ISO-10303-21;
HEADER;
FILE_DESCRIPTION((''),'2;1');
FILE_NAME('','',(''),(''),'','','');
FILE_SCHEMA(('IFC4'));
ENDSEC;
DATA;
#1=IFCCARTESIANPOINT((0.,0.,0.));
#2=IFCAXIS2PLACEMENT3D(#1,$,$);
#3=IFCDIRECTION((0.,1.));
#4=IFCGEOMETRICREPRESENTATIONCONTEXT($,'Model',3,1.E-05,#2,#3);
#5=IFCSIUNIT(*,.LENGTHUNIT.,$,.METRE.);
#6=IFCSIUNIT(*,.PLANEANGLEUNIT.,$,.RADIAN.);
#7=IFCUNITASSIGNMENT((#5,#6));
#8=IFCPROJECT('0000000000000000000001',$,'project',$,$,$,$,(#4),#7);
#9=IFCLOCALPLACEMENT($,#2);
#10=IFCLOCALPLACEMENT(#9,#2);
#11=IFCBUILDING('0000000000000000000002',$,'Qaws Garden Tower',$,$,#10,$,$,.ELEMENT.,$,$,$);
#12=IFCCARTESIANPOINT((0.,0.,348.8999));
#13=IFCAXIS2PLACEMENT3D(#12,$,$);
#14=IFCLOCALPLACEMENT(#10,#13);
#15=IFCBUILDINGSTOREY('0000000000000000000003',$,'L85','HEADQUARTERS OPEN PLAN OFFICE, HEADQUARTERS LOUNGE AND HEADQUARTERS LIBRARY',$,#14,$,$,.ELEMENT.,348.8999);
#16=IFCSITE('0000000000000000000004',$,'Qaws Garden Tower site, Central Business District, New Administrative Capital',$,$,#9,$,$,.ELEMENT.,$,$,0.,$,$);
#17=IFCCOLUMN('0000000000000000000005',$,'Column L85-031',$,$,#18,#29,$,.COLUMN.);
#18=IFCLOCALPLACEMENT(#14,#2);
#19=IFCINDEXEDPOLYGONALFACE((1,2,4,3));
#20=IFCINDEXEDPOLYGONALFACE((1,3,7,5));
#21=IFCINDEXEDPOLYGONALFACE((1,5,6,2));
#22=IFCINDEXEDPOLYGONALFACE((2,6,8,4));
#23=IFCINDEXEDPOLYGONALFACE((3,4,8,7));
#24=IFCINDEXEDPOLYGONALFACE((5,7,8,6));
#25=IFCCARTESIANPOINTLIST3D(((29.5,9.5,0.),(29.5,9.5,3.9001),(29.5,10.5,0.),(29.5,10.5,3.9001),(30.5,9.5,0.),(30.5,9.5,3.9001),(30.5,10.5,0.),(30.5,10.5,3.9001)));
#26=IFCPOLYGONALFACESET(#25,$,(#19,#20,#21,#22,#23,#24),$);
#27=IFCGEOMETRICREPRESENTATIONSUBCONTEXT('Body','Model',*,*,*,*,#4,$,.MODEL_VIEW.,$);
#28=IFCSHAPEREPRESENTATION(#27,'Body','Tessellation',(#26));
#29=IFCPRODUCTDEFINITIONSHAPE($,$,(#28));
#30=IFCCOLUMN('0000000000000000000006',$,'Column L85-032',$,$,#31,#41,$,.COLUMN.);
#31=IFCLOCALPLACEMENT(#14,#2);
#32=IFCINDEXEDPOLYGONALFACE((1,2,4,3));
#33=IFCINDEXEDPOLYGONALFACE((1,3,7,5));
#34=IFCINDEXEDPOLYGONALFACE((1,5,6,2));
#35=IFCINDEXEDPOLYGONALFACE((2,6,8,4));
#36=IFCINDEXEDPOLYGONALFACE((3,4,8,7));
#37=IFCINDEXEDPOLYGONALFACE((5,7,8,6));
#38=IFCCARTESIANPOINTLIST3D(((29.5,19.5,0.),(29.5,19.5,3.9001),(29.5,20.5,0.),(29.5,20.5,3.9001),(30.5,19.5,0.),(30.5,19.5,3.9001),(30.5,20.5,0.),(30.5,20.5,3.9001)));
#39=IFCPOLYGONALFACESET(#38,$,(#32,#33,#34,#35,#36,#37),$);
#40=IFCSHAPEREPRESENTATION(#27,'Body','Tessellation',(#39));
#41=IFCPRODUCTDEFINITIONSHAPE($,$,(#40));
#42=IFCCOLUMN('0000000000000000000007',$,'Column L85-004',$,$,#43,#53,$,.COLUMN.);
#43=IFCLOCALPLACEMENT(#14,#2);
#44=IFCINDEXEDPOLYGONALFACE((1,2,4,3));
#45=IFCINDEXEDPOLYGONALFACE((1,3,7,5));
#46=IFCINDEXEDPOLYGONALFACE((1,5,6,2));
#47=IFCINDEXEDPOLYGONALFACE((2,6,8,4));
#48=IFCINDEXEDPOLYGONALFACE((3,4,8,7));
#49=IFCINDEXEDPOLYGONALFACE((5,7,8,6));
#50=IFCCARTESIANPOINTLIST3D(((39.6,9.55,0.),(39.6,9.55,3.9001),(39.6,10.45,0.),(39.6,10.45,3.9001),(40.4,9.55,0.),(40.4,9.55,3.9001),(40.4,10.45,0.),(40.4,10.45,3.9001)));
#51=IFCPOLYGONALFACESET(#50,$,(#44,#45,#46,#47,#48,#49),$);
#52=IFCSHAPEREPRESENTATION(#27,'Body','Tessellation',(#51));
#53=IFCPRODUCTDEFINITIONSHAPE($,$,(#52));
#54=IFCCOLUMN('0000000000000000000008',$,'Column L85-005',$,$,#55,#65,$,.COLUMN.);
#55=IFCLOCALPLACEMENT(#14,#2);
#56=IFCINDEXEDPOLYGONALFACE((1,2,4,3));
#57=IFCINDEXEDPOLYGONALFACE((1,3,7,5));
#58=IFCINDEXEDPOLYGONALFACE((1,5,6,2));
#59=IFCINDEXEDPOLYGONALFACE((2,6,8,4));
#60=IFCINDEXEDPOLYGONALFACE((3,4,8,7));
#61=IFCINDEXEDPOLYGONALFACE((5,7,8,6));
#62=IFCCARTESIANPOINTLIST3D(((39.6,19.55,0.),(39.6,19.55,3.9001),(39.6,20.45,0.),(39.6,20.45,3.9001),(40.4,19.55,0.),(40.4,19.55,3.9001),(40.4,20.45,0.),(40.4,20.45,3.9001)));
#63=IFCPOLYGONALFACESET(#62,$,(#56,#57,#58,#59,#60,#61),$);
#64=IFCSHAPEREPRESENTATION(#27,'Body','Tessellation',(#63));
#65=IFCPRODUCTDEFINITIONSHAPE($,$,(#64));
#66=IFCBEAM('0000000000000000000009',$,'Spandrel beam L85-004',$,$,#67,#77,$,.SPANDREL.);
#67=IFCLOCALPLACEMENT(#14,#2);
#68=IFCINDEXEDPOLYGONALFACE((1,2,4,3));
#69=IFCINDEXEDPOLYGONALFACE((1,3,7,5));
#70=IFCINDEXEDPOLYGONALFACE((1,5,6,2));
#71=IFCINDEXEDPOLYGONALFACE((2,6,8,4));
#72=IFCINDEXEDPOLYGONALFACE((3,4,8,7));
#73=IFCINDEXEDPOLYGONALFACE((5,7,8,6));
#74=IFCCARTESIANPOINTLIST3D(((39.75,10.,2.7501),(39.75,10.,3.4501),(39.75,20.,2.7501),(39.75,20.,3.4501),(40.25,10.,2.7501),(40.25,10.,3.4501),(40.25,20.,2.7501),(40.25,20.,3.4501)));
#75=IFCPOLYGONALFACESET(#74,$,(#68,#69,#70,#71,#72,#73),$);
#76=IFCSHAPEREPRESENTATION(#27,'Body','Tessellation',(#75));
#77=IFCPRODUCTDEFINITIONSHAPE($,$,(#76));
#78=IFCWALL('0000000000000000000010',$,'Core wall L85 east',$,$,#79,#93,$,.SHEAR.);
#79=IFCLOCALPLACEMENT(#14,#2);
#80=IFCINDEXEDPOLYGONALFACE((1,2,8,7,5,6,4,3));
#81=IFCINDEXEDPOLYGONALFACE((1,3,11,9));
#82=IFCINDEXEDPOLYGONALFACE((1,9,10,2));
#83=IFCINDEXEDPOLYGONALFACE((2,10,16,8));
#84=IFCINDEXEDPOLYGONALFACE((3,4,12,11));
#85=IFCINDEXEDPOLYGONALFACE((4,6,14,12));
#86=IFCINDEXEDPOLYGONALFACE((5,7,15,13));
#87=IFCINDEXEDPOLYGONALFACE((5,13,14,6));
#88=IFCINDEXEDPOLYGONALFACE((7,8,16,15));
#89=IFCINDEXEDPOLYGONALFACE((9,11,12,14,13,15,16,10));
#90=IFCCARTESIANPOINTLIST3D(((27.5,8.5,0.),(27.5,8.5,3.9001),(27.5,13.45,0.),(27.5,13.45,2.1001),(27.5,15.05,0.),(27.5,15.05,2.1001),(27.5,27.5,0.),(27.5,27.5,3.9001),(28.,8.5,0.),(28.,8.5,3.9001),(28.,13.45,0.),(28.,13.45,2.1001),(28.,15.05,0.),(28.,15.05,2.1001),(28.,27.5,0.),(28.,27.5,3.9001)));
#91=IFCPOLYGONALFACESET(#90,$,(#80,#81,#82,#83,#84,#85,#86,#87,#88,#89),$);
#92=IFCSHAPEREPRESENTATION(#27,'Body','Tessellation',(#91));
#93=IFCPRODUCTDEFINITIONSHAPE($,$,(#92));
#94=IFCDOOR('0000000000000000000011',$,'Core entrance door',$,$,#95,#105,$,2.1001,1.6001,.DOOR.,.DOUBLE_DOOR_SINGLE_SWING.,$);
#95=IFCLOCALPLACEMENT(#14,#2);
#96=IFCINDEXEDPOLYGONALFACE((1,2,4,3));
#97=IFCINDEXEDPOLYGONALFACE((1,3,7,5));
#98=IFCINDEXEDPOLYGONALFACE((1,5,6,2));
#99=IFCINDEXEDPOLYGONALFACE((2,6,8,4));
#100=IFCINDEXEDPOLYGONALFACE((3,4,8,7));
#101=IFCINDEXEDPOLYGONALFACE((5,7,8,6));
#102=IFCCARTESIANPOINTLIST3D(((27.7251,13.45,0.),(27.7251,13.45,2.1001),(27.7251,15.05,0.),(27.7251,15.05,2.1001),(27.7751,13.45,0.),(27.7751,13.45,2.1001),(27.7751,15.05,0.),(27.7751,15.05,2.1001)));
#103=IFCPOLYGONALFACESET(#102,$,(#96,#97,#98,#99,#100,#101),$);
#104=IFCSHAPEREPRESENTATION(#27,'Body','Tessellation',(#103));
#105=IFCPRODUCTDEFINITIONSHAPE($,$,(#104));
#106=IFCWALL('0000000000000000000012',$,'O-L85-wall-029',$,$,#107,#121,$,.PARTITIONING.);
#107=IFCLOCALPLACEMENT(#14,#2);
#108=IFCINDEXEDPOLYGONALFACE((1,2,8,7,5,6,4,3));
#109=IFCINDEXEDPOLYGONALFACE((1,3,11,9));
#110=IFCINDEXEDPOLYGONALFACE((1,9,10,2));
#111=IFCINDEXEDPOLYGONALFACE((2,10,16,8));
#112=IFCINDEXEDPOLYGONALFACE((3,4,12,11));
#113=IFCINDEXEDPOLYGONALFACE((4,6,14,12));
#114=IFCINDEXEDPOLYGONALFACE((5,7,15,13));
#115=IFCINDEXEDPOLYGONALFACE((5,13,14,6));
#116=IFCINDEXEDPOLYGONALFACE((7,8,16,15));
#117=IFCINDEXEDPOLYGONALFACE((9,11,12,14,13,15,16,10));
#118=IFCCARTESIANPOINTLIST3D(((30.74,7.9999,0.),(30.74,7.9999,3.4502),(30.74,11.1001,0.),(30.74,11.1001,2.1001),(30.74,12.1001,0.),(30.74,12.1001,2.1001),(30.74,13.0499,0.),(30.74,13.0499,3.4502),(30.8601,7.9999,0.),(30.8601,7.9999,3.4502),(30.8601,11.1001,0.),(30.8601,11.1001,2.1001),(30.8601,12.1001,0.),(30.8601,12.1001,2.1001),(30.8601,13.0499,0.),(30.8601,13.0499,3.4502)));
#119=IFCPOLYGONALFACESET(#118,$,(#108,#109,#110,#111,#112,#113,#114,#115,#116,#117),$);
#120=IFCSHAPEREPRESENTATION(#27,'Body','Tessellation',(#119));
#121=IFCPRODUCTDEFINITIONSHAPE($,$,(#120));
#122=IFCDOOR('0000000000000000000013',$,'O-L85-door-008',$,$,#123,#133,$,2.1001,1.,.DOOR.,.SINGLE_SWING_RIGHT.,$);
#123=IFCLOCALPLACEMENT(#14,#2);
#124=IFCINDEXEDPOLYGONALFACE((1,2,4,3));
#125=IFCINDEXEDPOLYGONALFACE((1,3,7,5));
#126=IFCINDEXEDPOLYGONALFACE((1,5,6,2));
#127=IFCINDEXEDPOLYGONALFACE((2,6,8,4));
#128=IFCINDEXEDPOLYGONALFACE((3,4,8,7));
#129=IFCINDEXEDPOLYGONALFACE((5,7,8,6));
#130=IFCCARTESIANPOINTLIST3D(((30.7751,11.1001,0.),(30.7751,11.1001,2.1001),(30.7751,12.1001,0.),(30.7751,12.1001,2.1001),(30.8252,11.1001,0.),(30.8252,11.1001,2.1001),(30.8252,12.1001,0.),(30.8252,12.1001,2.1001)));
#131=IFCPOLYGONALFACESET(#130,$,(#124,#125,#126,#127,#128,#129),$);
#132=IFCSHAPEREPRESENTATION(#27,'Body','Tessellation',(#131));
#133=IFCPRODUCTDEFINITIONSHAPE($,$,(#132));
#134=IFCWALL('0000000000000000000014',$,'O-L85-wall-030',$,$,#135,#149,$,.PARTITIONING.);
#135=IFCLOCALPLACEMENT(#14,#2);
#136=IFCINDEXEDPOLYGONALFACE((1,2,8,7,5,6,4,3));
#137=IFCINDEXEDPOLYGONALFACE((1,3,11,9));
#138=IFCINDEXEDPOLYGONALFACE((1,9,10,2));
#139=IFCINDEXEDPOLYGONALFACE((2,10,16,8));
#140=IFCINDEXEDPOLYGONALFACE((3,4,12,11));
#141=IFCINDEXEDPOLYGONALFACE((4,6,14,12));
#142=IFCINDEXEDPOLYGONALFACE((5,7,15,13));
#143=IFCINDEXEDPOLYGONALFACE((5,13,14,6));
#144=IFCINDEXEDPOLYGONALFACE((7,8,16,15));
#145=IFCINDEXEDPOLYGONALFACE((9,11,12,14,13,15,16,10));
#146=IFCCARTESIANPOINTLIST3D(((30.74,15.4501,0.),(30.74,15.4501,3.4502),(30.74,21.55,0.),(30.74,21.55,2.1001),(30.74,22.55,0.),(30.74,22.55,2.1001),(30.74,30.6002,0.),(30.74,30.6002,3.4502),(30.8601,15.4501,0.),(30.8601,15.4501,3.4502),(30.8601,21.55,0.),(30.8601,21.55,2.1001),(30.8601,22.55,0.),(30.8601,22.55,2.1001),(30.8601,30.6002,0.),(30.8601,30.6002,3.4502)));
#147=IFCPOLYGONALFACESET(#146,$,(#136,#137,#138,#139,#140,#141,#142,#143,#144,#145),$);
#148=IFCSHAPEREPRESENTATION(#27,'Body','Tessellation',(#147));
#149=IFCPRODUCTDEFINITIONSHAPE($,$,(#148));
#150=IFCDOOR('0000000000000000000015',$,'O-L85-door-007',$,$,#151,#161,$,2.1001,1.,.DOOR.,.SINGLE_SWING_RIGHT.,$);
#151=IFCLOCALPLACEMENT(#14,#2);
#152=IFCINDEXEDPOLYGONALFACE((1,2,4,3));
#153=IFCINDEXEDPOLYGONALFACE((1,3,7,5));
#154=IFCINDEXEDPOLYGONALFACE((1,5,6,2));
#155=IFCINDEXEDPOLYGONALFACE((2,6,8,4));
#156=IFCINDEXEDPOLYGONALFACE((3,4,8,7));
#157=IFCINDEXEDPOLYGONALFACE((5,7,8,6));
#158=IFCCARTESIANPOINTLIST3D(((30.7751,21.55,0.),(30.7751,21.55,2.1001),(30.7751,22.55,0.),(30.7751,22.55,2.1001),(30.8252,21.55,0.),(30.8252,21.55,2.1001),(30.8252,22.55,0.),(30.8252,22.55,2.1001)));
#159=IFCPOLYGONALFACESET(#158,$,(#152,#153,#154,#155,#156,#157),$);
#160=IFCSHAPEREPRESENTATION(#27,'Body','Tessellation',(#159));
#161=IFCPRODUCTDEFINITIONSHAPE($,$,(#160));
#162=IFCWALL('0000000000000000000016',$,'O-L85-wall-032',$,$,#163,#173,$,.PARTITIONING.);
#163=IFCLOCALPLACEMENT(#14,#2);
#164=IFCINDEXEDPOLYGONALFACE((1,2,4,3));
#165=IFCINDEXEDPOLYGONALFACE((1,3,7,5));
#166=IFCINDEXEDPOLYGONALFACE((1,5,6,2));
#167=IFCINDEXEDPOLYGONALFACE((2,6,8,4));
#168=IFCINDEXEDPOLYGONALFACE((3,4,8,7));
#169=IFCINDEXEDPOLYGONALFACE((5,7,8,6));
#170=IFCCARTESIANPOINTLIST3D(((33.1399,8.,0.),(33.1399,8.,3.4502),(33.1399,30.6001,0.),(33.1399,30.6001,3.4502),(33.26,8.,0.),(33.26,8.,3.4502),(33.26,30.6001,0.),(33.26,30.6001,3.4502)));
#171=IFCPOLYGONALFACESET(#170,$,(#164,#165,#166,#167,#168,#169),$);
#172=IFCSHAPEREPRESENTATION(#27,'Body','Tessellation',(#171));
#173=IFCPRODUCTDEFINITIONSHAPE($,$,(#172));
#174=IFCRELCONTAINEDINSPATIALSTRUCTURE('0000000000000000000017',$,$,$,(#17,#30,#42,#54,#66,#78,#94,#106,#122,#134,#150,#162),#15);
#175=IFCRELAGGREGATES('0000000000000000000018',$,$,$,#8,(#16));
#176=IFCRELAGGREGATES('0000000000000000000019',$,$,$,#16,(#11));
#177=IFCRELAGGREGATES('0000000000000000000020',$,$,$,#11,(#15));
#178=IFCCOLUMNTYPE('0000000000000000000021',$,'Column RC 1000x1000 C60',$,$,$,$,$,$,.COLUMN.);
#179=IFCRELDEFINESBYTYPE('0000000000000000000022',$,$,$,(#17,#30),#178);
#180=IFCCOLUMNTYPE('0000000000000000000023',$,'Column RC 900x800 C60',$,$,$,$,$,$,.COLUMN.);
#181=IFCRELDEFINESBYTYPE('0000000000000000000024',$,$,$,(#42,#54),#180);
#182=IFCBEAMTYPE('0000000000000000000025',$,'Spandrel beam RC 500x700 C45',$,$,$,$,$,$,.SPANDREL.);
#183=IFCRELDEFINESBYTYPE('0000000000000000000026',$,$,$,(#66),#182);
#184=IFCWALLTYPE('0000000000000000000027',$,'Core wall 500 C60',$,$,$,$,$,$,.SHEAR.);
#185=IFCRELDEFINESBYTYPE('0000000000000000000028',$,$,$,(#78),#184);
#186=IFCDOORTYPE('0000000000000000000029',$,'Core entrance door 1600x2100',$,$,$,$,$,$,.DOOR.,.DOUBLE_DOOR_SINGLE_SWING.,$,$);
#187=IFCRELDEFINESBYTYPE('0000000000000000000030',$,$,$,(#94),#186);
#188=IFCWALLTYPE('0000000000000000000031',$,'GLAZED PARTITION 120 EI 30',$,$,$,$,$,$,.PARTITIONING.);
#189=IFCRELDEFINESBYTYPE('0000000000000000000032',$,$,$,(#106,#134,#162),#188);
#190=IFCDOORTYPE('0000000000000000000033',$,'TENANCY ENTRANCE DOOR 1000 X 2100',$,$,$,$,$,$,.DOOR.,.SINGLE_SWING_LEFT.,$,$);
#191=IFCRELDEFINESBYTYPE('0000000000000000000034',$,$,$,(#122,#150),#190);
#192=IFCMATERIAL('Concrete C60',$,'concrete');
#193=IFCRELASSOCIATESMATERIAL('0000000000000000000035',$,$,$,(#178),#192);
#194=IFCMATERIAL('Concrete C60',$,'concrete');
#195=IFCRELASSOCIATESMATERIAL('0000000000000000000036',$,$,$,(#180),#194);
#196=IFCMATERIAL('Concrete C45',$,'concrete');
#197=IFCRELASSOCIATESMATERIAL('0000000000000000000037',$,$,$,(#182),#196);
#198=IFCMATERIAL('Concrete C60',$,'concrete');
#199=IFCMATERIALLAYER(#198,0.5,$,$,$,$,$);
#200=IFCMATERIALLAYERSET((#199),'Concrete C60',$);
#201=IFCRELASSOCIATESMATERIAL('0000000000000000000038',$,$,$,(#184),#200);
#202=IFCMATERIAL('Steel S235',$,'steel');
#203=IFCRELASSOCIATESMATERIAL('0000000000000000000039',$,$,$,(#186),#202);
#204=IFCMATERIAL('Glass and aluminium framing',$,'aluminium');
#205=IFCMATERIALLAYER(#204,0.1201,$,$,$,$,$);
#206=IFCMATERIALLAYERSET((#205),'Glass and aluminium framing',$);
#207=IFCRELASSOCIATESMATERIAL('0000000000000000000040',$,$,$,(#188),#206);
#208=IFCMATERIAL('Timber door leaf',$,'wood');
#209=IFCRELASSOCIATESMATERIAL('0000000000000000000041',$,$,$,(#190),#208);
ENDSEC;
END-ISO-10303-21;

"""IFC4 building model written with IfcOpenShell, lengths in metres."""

from ifc_helpers import new_model, si_unit, direction, frame, frame_2d, origin, origin_2d, place, context, subcontext, project, spatial, rectangle, extrude, material, layer, layer_set, material_profile, profile_set, type_object, element, fill, save


model = new_model("IFC4")

# Units and contexts
model_context = context("Model", 3, precision=1e-05, world=origin(), true_north=direction((0.0, 1.0)))
body_context = subcontext(model_context, "Body", "Model", "MODEL_VIEW")
ifc_project = project(units=[si_unit("LENGTHUNIT", "METRE"), si_unit("PLANEANGLEUNIT", "RADIAN")], contexts=[model_context])

# Site, building, storey
site_placement = place(None, origin())
site = spatial("IfcSite", under=ifc_project, at=site_placement, Name="Qaws Garden Tower site, Central Business District, New Administrative Capital", CompositionType="ELEMENT", RefElevation=0.0)
building_placement = place(site_placement, origin())
building = spatial("IfcBuilding", under=site, at=building_placement, Name="Qaws Garden Tower", CompositionType="ELEMENT")
storey_placement = place(building_placement, frame((0.0, 0.0, 348.8999)))
storey = spatial("IfcBuildingStorey", under=building, at=storey_placement, Name="L85", Description="HEADQUARTERS OPEN PLAN OFFICE, HEADQUARTERS LOUNGE AND HEADQUARTERS LIBRARY", CompositionType="ELEMENT", Elevation=348.8999)

# Columns
ifc_material_1 = material(Name="Concrete C60", Category="concrete")
ifc_material_profile_1 = material_profile(ifc_material_1, rectangle(XDim=1.0, YDim=1.0, at=origin_2d()), Name="RC 1000x1000")
ifc_profile_set_1 = profile_set([ifc_material_profile_1], Name="Concrete C60")
column_type_1 = type_object("IfcColumnType", Name="Column RC 1000x1000 C60", PredefinedType="COLUMN", material=ifc_profile_set_1)
for number, where, z_axis, x_axis, name in (
    (1, (30.0, 10.0, 0.0), (0.0, 0.0, 1.0), (1.0, 0.0, 0.0), "Column L85-031"),
    (2, (30.0, 20.0, 0.0), (0.0, 0.0, 1.0), (1.0, 0.0, 0.0), "Column L85-032"),
):
    element("IfcColumn", number, at=place(storey_placement, frame(where, z_axis=z_axis, x_axis=x_axis)), inside=storey, type_object=column_type_1, Name=name, PredefinedType="COLUMN", context=body_context, shape_type="SweptSolid", body=[
        extrude(rectangle(XDim=1.0, YDim=1.0, at=origin_2d()), origin(), (0.0, 0.0, 1.0), 3.9001),
    ])
ifc_material_2 = material(Name="Concrete C60", Category="concrete")
ifc_material_profile_2 = material_profile(ifc_material_2, rectangle(XDim=0.8999, YDim=0.8, at=origin_2d()), Name="RC 900x800")
ifc_profile_set_2 = profile_set([ifc_material_profile_2], Name="Concrete C60")
column_type_2 = type_object("IfcColumnType", Name="Column RC 900x800 C60", PredefinedType="COLUMN", material=ifc_profile_set_2)
for number, where, z_axis, x_axis, name in (
    (3, (40.0, 10.0, 0.0), (0.0, 0.0, 1.0), (0.0, 1.0, 0.0), "Column L85-004"),
    (4, (40.0, 20.0, 0.0), (0.0, 0.0, 1.0), (0.0, 1.0, 0.0), "Column L85-005"),
):
    element("IfcColumn", number, at=place(storey_placement, frame(where, z_axis=z_axis, x_axis=x_axis)), inside=storey, type_object=column_type_2, Name=name, PredefinedType="COLUMN", context=body_context, shape_type="SweptSolid", body=[
        extrude(rectangle(XDim=0.8999, YDim=0.8, at=origin_2d()), origin(), (0.0, 0.0, 1.0), 3.9001),
    ])

# Beam
ifc_material_3 = material(Name="Concrete C45", Category="concrete")
ifc_material_profile_3 = material_profile(ifc_material_3, rectangle(XDim=0.5, YDim=0.7, at=origin_2d()), Name="RC 500x700")
ifc_profile_set_3 = profile_set([ifc_material_profile_3], Name="Concrete C45")
beam_type = type_object("IfcBeamType", Name="Spandrel beam RC 500x700 C45", PredefinedType="SPANDREL", material=ifc_profile_set_3)
beam_placement = place(storey_placement, frame((40.0, 10.0, 3.1001), z_axis=(0.0, 1.0, 0.0), x_axis=(-1.0, 0.0, 0.0)))
element("IfcBeam", 5, at=beam_placement, inside=storey, type_object=beam_type, Name="Spandrel beam L85-004", PredefinedType="SPANDREL", context=body_context, shape_type="SweptSolid", body=[
    extrude(rectangle(XDim=0.5, YDim=0.7, at=origin_2d()), origin(), (0.0, 0.0, 1.0), 10.0),
])

# Walls, openings, doors
ifc_material_4 = material(Name="Concrete C60", Category="concrete")
ifc_layer_1 = layer(ifc_material_4, 0.5)
ifc_layer_set_1 = layer_set([ifc_layer_1], Name="Concrete C60")
wall_type_1 = type_object("IfcWallType", Name="Core wall 500 C60", PredefinedType="SHEAR", material=ifc_layer_set_1)
wall_1_placement = place(storey_placement, frame((27.75, 8.5, 0.0), z_axis=(0.0, 0.0, 1.0), x_axis=(0.0, 1.0, 0.0)))
wall_1 = element("IfcWall", 6, at=wall_1_placement, inside=storey, type_object=wall_type_1, Name="Core wall L85 east", PredefinedType="SHEAR", context=body_context, shape_type="SweptSolid", body=[
    extrude(rectangle(XDim=19.0, YDim=0.5, at=frame_2d((9.5, 0.0))), origin(), (0.0, 0.0, 1.0), 3.9001),
])
opening_1_placement = place(wall_1_placement, frame((4.95, 0.0, 0.0)))
opening_1 = element("IfcOpeningElement", 7, at=opening_1_placement, cuts=wall_1, PredefinedType="OPENING", context=body_context, shape_type="SweptSolid", body=[
    extrude(rectangle(XDim=1.6001, YDim=2.1001, at=frame_2d((0.8, 1.05))), frame((0.0, 0.26, 0.0), z_axis=(0.0, -1.0, 0.0), x_axis=(1.0, 0.0, 0.0)), (0.0, 0.0, 1.0), 0.52),
])
ifc_material_5 = material(Name="Steel S235", Category="steel")
door_type_1 = type_object("IfcDoorType", Name="Core entrance door 1600x2100", OperationType="DOUBLE_DOOR_SINGLE_SWING", PredefinedType="DOOR", material=ifc_material_5)
door_1_placement = place(opening_1_placement, origin())
door_1 = element("IfcDoor", 8, at=door_1_placement, inside=storey, type_object=door_type_1, Name="Core entrance door", OperationType="DOUBLE_DOOR_SINGLE_SWING", OverallHeight=2.1001, OverallWidth=1.6001, PredefinedType="DOOR", context=body_context, shape_type="SweptSolid", body=[
    extrude(rectangle(XDim=1.6001, YDim=2.1001, at=frame_2d((0.8, 1.05))), frame((0.0, 0.0249, 0.0), z_axis=(0.0, -1.0, 0.0), x_axis=(1.0, 0.0, 0.0)), (0.0, 0.0, 1.0), 0.05),
])
fill(opening_1, door_1)
ifc_material_6 = material(Name="Glass and aluminium framing", Category="aluminium")
ifc_layer_2 = layer(ifc_material_6, 0.1201)
ifc_layer_set_2 = layer_set([ifc_layer_2], Name="Glass and aluminium framing")
wall_type_2 = type_object("IfcWallType", Name="GLAZED PARTITION 120 EI 30", PredefinedType="PARTITIONING", material=ifc_layer_set_2)
wall_2_placement = place(storey_placement, frame((30.8, 8.0, 0.0), z_axis=(0.0, 0.0, 1.0), x_axis=(0.0, 1.0, 0.0)))
wall_2 = element("IfcWall", 9, at=wall_2_placement, inside=storey, type_object=wall_type_2, Name="O-L85-wall-029", PredefinedType="PARTITIONING", context=body_context, shape_type="SweptSolid", body=[
    extrude(rectangle(XDim=5.05, YDim=0.1201, at=frame_2d((2.5249, 0.0))), origin(), (0.0, 0.0, 1.0), 3.4502),
])
opening_2_placement = place(wall_2_placement, frame((3.1001, 0.0, 0.0)))
opening_2 = element("IfcOpeningElement", 10, at=opening_2_placement, cuts=wall_2, PredefinedType="OPENING", context=body_context, shape_type="SweptSolid", body=[
    extrude(rectangle(XDim=1.0, YDim=2.1001, at=frame_2d((0.5, 1.05))), frame((0.0, 0.0701, 0.0), z_axis=(0.0, -1.0, 0.0), x_axis=(1.0, 0.0, 0.0)), (0.0, 0.0, 1.0), 0.1401),
])
ifc_material_7 = material(Name="Timber door leaf", Category="wood")
door_type_2 = type_object("IfcDoorType", Name="TENANCY ENTRANCE DOOR 1000 X 2100", OperationType="SINGLE_SWING_LEFT", PredefinedType="DOOR", material=ifc_material_7)
door_2_placement = place(opening_2_placement, origin())
door_2 = element("IfcDoor", 11, at=door_2_placement, inside=storey, type_object=door_type_2, Name="O-L85-door-008", OperationType="SINGLE_SWING_RIGHT", OverallHeight=2.1001, OverallWidth=1.0, PredefinedType="DOOR", context=body_context, shape_type="SweptSolid", body=[
    extrude(rectangle(XDim=1.0, YDim=2.1001, at=frame_2d((0.5, 1.05))), frame((0.0, 0.0249, 0.0), z_axis=(0.0, -1.0, 0.0), x_axis=(1.0, 0.0, 0.0)), (0.0, 0.0, 1.0), 0.05),
])
fill(opening_2, door_2)
wall_3_placement = place(storey_placement, frame((30.8, 15.45, 0.0), z_axis=(0.0, 0.0, 1.0), x_axis=(0.0, 1.0, 0.0)))
wall_3 = element("IfcWall", 12, at=wall_3_placement, inside=storey, type_object=wall_type_2, Name="O-L85-wall-030", PredefinedType="PARTITIONING", context=body_context, shape_type="SweptSolid", body=[
    extrude(rectangle(XDim=15.1501, YDim=0.1201, at=frame_2d((7.5752, 0.0))), origin(), (0.0, 0.0, 1.0), 3.4502),
])
opening_3_placement = place(wall_3_placement, frame((6.1001, 0.0, 0.0)))
opening_3 = element("IfcOpeningElement", 13, at=opening_3_placement, cuts=wall_3, PredefinedType="OPENING", context=body_context, shape_type="SweptSolid", body=[
    extrude(rectangle(XDim=1.0, YDim=2.1001, at=frame_2d((0.5, 1.05))), frame((0.0, 0.0701, 0.0), z_axis=(0.0, -1.0, 0.0), x_axis=(1.0, 0.0, 0.0)), (0.0, 0.0, 1.0), 0.1401),
])
door_3_placement = place(opening_3_placement, origin())
door_3 = element("IfcDoor", 14, at=door_3_placement, inside=storey, type_object=door_type_2, Name="O-L85-door-007", OperationType="SINGLE_SWING_RIGHT", OverallHeight=2.1001, OverallWidth=1.0, PredefinedType="DOOR", context=body_context, shape_type="SweptSolid", body=[
    extrude(rectangle(XDim=1.0, YDim=2.1001, at=frame_2d((0.5, 1.05))), frame((0.0, 0.0249, 0.0), z_axis=(0.0, -1.0, 0.0), x_axis=(1.0, 0.0, 0.0)), (0.0, 0.0, 1.0), 0.05),
])
fill(opening_3, door_3)

# Wall
wall_4_placement = place(storey_placement, frame((33.2, 8.0, 0.0), z_axis=(0.0, 0.0, 1.0), x_axis=(0.0, 1.0, 0.0)))
element("IfcWall", 15, at=wall_4_placement, inside=storey, type_object=wall_type_2, Name="O-L85-wall-032", PredefinedType="PARTITIONING", context=body_context, shape_type="SweptSolid", body=[
    extrude(rectangle(XDim=22.6001, YDim=0.1201, at=frame_2d((11.3, 0.0))), origin(), (0.0, 0.0, 1.0), 3.4502),
])

save(model, "model.ifc")
